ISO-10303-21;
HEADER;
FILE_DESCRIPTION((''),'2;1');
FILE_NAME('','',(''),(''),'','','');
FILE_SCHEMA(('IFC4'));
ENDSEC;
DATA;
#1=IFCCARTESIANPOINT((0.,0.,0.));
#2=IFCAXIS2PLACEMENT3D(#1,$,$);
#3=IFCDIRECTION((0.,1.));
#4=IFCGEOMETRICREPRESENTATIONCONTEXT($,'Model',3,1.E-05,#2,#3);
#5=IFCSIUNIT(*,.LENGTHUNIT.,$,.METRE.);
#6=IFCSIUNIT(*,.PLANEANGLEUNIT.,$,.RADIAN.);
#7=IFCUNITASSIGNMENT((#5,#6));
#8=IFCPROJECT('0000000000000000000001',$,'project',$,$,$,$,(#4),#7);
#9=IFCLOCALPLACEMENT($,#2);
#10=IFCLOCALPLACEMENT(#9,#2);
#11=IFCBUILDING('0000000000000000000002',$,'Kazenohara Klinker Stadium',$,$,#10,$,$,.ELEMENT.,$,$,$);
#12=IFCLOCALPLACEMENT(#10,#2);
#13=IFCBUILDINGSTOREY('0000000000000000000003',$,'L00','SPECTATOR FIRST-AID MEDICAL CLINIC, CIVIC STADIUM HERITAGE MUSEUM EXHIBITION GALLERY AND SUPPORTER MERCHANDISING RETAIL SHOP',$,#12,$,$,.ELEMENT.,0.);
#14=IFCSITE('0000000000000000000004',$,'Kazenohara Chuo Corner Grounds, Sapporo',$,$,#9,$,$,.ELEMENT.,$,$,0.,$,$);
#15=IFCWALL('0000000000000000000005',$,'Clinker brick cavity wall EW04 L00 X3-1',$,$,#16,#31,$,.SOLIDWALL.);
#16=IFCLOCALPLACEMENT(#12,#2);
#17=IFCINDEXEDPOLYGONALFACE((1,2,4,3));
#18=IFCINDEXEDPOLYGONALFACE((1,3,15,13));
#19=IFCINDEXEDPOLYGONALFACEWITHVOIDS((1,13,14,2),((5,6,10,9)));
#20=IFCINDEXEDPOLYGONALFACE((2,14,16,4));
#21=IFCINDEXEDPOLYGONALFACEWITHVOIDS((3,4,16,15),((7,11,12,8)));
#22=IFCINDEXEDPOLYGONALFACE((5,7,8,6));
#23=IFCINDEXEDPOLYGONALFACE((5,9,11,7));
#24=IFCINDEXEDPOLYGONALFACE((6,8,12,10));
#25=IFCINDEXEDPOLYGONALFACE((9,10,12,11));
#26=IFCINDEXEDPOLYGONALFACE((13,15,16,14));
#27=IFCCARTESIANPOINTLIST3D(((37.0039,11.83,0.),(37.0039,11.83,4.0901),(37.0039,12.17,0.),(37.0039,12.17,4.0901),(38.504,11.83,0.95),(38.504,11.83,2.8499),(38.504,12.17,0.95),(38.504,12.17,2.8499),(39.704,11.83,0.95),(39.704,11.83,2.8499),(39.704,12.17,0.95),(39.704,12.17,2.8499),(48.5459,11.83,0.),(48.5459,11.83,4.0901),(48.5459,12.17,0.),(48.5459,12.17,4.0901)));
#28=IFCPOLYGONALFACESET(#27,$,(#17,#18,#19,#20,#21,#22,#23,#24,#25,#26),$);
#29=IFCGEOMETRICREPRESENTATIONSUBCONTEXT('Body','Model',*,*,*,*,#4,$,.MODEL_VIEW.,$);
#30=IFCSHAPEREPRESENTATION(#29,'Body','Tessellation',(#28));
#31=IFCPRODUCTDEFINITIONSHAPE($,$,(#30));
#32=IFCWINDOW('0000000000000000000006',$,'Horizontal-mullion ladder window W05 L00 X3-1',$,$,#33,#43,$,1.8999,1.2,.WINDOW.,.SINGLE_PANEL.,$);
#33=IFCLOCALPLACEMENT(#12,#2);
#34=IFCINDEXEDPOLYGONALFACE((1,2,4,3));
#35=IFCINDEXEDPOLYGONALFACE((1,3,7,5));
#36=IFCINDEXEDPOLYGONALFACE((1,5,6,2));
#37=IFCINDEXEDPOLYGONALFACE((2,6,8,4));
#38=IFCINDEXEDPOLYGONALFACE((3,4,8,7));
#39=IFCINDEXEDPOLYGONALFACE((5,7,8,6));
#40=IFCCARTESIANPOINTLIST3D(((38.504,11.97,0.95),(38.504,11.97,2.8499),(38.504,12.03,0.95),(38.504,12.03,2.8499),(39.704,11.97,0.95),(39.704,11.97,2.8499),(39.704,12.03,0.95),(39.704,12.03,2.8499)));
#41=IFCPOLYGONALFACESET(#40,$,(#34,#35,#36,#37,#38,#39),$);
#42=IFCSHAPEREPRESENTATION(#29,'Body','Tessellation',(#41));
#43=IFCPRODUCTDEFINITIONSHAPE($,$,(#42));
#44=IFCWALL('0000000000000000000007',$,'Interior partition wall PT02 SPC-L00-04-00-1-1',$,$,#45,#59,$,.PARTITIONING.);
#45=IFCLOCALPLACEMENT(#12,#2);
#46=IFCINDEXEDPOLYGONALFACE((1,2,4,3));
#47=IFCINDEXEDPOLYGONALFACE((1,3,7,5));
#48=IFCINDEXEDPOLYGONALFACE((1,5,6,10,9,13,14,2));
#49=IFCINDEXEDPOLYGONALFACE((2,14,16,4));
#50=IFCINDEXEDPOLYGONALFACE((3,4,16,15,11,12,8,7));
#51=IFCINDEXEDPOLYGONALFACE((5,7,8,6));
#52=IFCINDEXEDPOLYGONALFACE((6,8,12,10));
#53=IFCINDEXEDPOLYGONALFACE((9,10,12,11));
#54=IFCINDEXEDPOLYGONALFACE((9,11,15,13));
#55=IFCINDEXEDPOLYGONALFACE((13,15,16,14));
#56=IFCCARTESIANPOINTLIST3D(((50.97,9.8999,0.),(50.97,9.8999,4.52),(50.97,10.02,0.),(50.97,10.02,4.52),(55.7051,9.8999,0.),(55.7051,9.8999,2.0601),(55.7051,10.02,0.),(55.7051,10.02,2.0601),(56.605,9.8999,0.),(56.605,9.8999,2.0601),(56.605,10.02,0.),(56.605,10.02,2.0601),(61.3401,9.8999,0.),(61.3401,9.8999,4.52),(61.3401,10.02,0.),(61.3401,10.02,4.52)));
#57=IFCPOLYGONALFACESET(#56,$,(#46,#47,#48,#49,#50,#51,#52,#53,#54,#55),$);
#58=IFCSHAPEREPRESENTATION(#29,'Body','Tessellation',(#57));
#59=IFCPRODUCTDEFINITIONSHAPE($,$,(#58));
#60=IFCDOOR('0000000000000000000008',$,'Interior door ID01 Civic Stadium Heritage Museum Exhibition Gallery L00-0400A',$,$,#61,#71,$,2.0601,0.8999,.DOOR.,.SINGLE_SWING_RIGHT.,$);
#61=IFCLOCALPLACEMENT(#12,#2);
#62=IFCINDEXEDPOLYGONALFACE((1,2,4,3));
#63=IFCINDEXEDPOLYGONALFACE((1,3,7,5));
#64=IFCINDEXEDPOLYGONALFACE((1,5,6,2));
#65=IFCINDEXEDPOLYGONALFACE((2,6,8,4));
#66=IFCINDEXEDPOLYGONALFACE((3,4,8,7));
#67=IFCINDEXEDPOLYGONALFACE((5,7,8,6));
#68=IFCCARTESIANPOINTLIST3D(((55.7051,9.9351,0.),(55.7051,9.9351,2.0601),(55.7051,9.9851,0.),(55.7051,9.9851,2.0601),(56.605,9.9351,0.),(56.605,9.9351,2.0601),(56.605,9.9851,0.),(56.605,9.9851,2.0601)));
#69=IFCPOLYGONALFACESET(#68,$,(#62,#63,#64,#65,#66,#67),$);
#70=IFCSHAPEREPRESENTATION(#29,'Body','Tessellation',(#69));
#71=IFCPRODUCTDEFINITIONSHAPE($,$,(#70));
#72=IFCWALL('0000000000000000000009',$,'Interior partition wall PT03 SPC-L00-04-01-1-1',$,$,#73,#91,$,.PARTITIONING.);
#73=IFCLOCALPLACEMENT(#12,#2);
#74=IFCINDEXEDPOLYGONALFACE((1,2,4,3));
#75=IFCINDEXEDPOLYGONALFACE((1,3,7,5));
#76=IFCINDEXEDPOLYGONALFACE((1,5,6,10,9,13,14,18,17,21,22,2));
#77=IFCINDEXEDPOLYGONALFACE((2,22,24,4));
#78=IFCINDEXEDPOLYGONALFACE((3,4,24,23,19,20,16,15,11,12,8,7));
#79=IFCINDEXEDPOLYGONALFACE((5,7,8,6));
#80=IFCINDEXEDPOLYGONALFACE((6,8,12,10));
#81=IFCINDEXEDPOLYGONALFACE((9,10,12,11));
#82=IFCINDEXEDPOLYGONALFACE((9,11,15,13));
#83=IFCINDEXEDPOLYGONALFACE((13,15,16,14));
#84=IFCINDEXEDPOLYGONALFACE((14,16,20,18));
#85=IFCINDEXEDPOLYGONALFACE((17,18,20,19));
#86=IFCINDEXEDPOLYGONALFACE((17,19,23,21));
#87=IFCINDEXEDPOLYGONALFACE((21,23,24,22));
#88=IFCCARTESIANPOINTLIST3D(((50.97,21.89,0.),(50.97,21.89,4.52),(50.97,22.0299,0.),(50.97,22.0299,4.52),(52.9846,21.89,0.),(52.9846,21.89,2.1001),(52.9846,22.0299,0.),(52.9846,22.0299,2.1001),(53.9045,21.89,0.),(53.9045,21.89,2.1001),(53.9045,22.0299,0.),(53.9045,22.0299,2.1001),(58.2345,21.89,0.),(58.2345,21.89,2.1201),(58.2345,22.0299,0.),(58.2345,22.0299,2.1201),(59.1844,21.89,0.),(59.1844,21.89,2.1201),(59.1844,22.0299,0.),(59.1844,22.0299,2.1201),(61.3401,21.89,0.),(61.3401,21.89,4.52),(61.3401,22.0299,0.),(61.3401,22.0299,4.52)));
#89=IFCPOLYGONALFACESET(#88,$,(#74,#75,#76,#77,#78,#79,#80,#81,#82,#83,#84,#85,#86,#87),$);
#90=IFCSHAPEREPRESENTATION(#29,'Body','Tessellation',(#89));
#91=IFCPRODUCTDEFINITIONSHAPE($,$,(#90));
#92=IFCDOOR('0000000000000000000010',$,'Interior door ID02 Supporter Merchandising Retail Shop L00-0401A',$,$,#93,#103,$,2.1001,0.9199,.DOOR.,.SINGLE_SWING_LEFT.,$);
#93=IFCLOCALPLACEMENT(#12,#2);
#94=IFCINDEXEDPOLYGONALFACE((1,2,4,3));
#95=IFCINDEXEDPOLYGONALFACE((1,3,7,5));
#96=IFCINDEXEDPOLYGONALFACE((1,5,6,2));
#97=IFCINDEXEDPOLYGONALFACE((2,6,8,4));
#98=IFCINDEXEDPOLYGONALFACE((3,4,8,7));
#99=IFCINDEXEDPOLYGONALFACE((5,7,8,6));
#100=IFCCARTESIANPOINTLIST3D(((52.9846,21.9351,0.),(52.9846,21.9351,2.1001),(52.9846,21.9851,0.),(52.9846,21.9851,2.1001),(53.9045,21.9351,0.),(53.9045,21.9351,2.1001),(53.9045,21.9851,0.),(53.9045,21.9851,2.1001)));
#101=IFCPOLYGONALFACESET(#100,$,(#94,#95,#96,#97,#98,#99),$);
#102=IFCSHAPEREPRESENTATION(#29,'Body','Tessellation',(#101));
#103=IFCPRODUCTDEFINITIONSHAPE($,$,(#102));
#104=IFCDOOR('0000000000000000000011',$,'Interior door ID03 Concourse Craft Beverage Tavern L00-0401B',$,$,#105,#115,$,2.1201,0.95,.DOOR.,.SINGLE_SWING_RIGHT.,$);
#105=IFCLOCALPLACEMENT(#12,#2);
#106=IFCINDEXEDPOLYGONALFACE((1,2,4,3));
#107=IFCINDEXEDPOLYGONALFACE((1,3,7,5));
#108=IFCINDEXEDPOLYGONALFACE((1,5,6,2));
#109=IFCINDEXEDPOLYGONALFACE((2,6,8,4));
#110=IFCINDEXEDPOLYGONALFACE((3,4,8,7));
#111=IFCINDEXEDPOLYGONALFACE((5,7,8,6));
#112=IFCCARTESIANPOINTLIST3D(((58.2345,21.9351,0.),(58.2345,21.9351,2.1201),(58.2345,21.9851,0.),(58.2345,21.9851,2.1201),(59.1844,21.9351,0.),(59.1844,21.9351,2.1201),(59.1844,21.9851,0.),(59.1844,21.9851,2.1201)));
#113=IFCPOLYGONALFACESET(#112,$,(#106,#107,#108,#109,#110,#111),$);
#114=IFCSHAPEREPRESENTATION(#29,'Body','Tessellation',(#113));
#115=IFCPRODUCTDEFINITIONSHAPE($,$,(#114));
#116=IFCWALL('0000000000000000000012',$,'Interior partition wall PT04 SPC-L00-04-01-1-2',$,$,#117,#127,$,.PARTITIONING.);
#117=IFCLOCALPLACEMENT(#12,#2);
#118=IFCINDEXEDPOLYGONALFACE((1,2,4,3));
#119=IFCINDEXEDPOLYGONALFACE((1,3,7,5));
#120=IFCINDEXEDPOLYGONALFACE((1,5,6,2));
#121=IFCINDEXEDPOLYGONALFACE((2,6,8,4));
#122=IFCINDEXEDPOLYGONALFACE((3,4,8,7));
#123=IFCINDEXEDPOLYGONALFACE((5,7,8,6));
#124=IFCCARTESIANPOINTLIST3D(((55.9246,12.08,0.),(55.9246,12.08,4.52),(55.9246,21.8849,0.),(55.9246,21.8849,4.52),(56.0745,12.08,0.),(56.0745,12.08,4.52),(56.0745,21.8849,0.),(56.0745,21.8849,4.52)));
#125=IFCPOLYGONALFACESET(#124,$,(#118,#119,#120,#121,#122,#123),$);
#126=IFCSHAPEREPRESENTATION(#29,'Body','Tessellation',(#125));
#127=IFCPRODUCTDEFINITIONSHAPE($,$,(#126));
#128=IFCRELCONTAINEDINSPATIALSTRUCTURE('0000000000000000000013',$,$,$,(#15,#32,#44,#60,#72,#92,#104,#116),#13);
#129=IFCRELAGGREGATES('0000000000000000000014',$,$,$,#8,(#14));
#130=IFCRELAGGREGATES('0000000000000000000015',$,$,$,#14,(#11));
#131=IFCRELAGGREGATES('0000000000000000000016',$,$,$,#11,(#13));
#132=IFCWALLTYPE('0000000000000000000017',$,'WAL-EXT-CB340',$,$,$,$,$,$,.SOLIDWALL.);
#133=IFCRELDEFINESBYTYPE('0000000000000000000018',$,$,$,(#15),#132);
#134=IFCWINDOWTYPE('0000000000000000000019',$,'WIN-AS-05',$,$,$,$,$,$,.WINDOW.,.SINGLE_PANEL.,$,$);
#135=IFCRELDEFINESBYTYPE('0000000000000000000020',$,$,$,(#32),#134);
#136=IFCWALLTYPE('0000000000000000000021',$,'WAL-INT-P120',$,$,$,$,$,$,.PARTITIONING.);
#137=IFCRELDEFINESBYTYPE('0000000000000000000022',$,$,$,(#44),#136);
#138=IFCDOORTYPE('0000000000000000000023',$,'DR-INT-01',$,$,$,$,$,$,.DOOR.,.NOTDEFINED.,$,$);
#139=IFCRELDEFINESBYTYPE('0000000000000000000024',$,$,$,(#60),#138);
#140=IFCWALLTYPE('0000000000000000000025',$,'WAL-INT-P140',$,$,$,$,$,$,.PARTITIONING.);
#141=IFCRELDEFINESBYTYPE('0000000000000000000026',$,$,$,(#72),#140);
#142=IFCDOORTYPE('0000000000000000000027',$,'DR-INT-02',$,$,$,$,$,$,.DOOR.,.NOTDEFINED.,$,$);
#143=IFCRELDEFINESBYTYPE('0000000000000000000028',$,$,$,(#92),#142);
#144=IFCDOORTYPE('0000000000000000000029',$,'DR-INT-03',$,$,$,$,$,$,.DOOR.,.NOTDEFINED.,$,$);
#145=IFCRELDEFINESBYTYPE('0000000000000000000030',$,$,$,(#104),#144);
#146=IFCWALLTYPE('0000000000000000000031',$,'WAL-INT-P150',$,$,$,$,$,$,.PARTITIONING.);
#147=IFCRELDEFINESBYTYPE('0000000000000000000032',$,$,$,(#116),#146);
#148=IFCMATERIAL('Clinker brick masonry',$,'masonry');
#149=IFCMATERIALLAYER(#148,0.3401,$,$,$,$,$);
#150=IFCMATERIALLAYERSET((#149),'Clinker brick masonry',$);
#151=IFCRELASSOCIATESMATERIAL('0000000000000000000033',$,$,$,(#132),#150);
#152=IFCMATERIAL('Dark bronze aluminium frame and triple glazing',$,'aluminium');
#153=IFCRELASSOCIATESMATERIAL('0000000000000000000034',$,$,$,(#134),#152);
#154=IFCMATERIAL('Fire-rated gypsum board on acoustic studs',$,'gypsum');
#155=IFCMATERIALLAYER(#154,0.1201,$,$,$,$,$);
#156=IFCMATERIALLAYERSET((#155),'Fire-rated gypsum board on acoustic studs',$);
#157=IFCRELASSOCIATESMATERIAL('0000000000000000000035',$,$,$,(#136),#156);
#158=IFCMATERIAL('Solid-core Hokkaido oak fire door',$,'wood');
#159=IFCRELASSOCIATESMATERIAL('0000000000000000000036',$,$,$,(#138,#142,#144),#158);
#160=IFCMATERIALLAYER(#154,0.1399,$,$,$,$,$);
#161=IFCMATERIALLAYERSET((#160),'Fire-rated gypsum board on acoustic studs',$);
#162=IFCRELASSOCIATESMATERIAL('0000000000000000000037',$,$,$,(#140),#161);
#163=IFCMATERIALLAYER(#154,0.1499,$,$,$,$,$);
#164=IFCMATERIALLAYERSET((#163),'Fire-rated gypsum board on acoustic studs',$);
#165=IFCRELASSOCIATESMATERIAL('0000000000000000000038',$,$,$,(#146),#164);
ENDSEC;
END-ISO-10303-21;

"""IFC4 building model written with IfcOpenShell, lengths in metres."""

from ifc_helpers import new_model, si_unit, direction, frame, frame_2d, origin, place, context, subcontext, project, spatial, rectangle, extrude, material, layer, layer_set, type_object, element, fill, save


model = new_model("IFC4")

# Units and contexts
model_context = context("Model", 3, precision=1e-05, world=origin(), true_north=direction((0.0, 1.0)))
body_context = subcontext(model_context, "Body", "Model", "MODEL_VIEW")
ifc_project = project(units=[si_unit("LENGTHUNIT", "METRE"), si_unit("PLANEANGLEUNIT", "RADIAN")], contexts=[model_context])

# Site, building, storey
site_placement = place(None, origin())
site = spatial("IfcSite", under=ifc_project, at=site_placement, Name="Kazenohara Chuo Corner Grounds, Sapporo", CompositionType="ELEMENT", RefElevation=0.0)
building_placement = place(site_placement, origin())
building = spatial("IfcBuilding", under=site, at=building_placement, Name="Kazenohara Klinker Stadium", CompositionType="ELEMENT")
storey_placement = place(building_placement, origin())
storey = spatial("IfcBuildingStorey", under=building, at=storey_placement, Name="L00", Description="SPECTATOR FIRST-AID MEDICAL CLINIC, CIVIC STADIUM HERITAGE MUSEUM EXHIBITION GALLERY AND SUPPORTER MERCHANDISING RETAIL SHOP", CompositionType="ELEMENT", Elevation=0.0)

# Wall, opening, window
ifc_material_1 = material(Name="Clinker brick masonry", Category="masonry")
ifc_layer_1 = layer(ifc_material_1, 0.3401)
ifc_layer_set_1 = layer_set([ifc_layer_1], Name="Clinker brick masonry")
wall_type_1 = type_object("IfcWallType", Name="WAL-EXT-CB340", PredefinedType="SOLIDWALL", material=ifc_layer_set_1)
wall_1_placement = place(storey_placement, frame((37.0039, 12.0, 0.0), z_axis=(0.0, 0.0, 1.0), x_axis=(1.0, 0.0, 0.0)))
wall_1 = element("IfcWall", 1, at=wall_1_placement, inside=storey, type_object=wall_type_1, Name="Clinker brick cavity wall EW04 L00 X3-1", PredefinedType="SOLIDWALL", context=body_context, shape_type="SweptSolid", body=[
    extrude(rectangle(XDim=11.542, YDim=0.3401, at=frame_2d((5.771, 0.0))), origin(), (0.0, 0.0, 1.0), 4.0901),
])
opening_1_placement = place(wall_1_placement, frame((1.5, 0.0, 0.95)))
opening_1 = element("IfcOpeningElement", 2, at=opening_1_placement, cuts=wall_1, PredefinedType="OPENING", context=body_context, shape_type="SweptSolid", body=[
    extrude(rectangle(XDim=1.2, YDim=1.8999, at=frame_2d((0.6001, 0.95))), frame((0.0, 0.1802, 0.0), z_axis=(0.0, -1.0, 0.0), x_axis=(1.0, 0.0, 0.0)), (0.0, 0.0, 1.0), 0.3601),
])
ifc_material_2 = material(Name="Dark bronze aluminium frame and triple glazing", Category="aluminium")
window_type = type_object("IfcWindowType", Name="WIN-AS-05", PartitioningType="SINGLE_PANEL", PredefinedType="WINDOW", material=ifc_material_2)
window_placement = place(opening_1_placement, origin())
window = element("IfcWindow", 3, at=window_placement, inside=storey, type_object=window_type, Name="Horizontal-mullion ladder window W05 L00 X3-1", OverallHeight=1.8999, OverallWidth=1.2, PartitioningType="SINGLE_PANEL", PredefinedType="WINDOW", context=body_context, shape_type="SweptSolid", body=[
    extrude(rectangle(XDim=1.2, YDim=1.8999, at=frame_2d((0.6001, 0.95))), frame((0.0, 0.03, 0.0), z_axis=(0.0, -1.0, 0.0), x_axis=(1.0, 0.0, 0.0)), (0.0, 0.0, 1.0), 0.0601),
])
fill(opening_1, window)

# Wall, opening, door
ifc_material_3 = material(Name="Fire-rated gypsum board on acoustic studs", Category="gypsum")
ifc_layer_2 = layer(ifc_material_3, 0.1201)
ifc_layer_set_2 = layer_set([ifc_layer_2], Name="Fire-rated gypsum board on acoustic studs")
wall_type_2 = type_object("IfcWallType", Name="WAL-INT-P120", PredefinedType="PARTITIONING", material=ifc_layer_set_2)
wall_2_placement = place(storey_placement, frame((50.97, 9.96, 0.0), z_axis=(0.0, 0.0, 1.0), x_axis=(1.0, 0.0, 0.0)))
wall_2 = element("IfcWall", 4, at=wall_2_placement, inside=storey, type_object=wall_type_2, Name="Interior partition wall PT02 SPC-L00-04-00-1-1", PredefinedType="PARTITIONING", context=body_context, shape_type="SweptSolid", body=[
    extrude(rectangle(XDim=10.3701, YDim=0.1201, at=frame_2d((5.1851, 0.0))), origin(), (0.0, 0.0, 1.0), 4.52),
])
opening_2_placement = place(wall_2_placement, frame((5.635, 0.0, 0.0), z_axis=(0.0, 0.0, 1.0), x_axis=(-1.0, 0.0, 0.0)))
opening_2 = element("IfcOpeningElement", 5, at=opening_2_placement, cuts=wall_2, PredefinedType="OPENING", context=body_context, shape_type="SweptSolid", body=[
    extrude(rectangle(XDim=0.8999, YDim=2.0601, at=frame_2d((0.45, 1.03))), frame((0.0, 0.0701, 0.0), z_axis=(0.0, -1.0, 0.0), x_axis=(1.0, 0.0, 0.0)), (0.0, 0.0, 1.0), 0.1401),
])
ifc_material_4 = material(Name="Solid-core Hokkaido oak fire door", Category="wood")
door_type_1 = type_object("IfcDoorType", Name="DR-INT-01", OperationType="NOTDEFINED", PredefinedType="DOOR", material=ifc_material_4)
door_1_placement = place(opening_2_placement, origin())
door_1 = element("IfcDoor", 6, at=door_1_placement, inside=storey, type_object=door_type_1, Name="Interior door ID01 Civic Stadium Heritage Museum Exhibition Gallery L00-0400A", OperationType="SINGLE_SWING_RIGHT", OverallHeight=2.0601, OverallWidth=0.8999, PredefinedType="DOOR", context=body_context, shape_type="SweptSolid", body=[
    extrude(rectangle(XDim=0.8999, YDim=2.0601, at=frame_2d((0.45, 1.03))), frame((0.0, 0.0249, 0.0), z_axis=(0.0, -1.0, 0.0), x_axis=(1.0, 0.0, 0.0)), (0.0, 0.0, 1.0), 0.05),
])
fill(opening_2, door_1)

# Wall, openings, doors
ifc_layer_3 = layer(ifc_material_3, 0.1399)
ifc_layer_set_3 = layer_set([ifc_layer_3], Name="Fire-rated gypsum board on acoustic studs")
wall_type_3 = type_object("IfcWallType", Name="WAL-INT-P140", PredefinedType="PARTITIONING", material=ifc_layer_set_3)
wall_3_placement = place(storey_placement, frame((50.97, 21.96, 0.0), z_axis=(0.0, 0.0, 1.0), x_axis=(1.0, 0.0, 0.0)))
wall_3 = element("IfcWall", 7, at=wall_3_placement, inside=storey, type_object=wall_type_3, Name="Interior partition wall PT03 SPC-L00-04-01-1-1", PredefinedType="PARTITIONING", context=body_context, shape_type="SweptSolid", body=[
    extrude(rectangle(XDim=10.3701, YDim=0.1399, at=frame_2d((5.1851, 0.0))), origin(), (0.0, 0.0, 1.0), 4.52),
])
opening_3_placement = place(wall_3_placement, frame((2.9346, 0.0, 0.0), z_axis=(0.0, 0.0, 1.0), x_axis=(-1.0, 0.0, 0.0)))
opening_3 = element("IfcOpeningElement", 8, at=opening_3_placement, cuts=wall_3, PredefinedType="OPENING", context=body_context, shape_type="SweptSolid", body=[
    extrude(rectangle(XDim=0.9199, YDim=2.1001, at=frame_2d((0.46, 1.05))), frame((0.0, 0.0801, 0.0), z_axis=(0.0, -1.0, 0.0), x_axis=(1.0, 0.0, 0.0)), (0.0, 0.0, 1.0), 0.1599),
])
opening_4_placement = place(wall_3_placement, frame((8.2146, 0.0, 0.0), z_axis=(0.0, 0.0, 1.0), x_axis=(-1.0, 0.0, 0.0)))
opening_4 = element("IfcOpeningElement", 9, at=opening_4_placement, cuts=wall_3, PredefinedType="OPENING", context=body_context, shape_type="SweptSolid", body=[
    extrude(rectangle(XDim=0.95, YDim=2.1201, at=frame_2d((0.4751, 1.0601))), frame((0.0, 0.0801, 0.0), z_axis=(0.0, -1.0, 0.0), x_axis=(1.0, 0.0, 0.0)), (0.0, 0.0, 1.0), 0.1599),
])
door_type_2 = type_object("IfcDoorType", Name="DR-INT-02", OperationType="NOTDEFINED", PredefinedType="DOOR", material=ifc_material_4)
door_2_placement = place(opening_3_placement, origin())
door_2 = element("IfcDoor", 10, at=door_2_placement, inside=storey, type_object=door_type_2, Name="Interior door ID02 Supporter Merchandising Retail Shop L00-0401A", OperationType="SINGLE_SWING_LEFT", OverallHeight=2.1001, OverallWidth=0.9199, PredefinedType="DOOR", context=body_context, shape_type="SweptSolid", body=[
    extrude(rectangle(XDim=0.9199, YDim=2.1001, at=frame_2d((0.46, 1.05))), frame((0.0, 0.0249, 0.0), z_axis=(0.0, -1.0, 0.0), x_axis=(1.0, 0.0, 0.0)), (0.0, 0.0, 1.0), 0.05),
])
fill(opening_3, door_2)
door_type_3 = type_object("IfcDoorType", Name="DR-INT-03", OperationType="NOTDEFINED", PredefinedType="DOOR", material=ifc_material_4)
door_3_placement = place(opening_4_placement, origin())
door_3 = element("IfcDoor", 11, at=door_3_placement, inside=storey, type_object=door_type_3, Name="Interior door ID03 Concourse Craft Beverage Tavern L00-0401B", OperationType="SINGLE_SWING_RIGHT", OverallHeight=2.1201, OverallWidth=0.95, PredefinedType="DOOR", context=body_context, shape_type="SweptSolid", body=[
    extrude(rectangle(XDim=0.95, YDim=2.1201, at=frame_2d((0.4751, 1.0601))), frame((0.0, 0.0249, 0.0), z_axis=(0.0, -1.0, 0.0), x_axis=(1.0, 0.0, 0.0)), (0.0, 0.0, 1.0), 0.05),
])
fill(opening_4, door_3)

# Wall
ifc_layer_4 = layer(ifc_material_3, 0.1499)
ifc_layer_set_4 = layer_set([ifc_layer_4], Name="Fire-rated gypsum board on acoustic studs")
wall_type_4 = type_object("IfcWallType", Name="WAL-INT-P150", PredefinedType="PARTITIONING", material=ifc_layer_set_4)
wall_4_placement = place(storey_placement, frame((55.9995, 12.0801, 0.0), z_axis=(0.0, 0.0, 1.0), x_axis=(0.0, 1.0, 0.0)))
element("IfcWall", 12, at=wall_4_placement, inside=storey, type_object=wall_type_4, Name="Interior partition wall PT04 SPC-L00-04-01-1-2", PredefinedType="PARTITIONING", context=body_context, shape_type="SweptSolid", body=[
    extrude(rectangle(XDim=9.8049, YDim=0.1499, at=frame_2d((4.9023, 0.0))), origin(), (0.0, 0.0, 1.0), 4.52),
])

save(model, "model.ifc")
